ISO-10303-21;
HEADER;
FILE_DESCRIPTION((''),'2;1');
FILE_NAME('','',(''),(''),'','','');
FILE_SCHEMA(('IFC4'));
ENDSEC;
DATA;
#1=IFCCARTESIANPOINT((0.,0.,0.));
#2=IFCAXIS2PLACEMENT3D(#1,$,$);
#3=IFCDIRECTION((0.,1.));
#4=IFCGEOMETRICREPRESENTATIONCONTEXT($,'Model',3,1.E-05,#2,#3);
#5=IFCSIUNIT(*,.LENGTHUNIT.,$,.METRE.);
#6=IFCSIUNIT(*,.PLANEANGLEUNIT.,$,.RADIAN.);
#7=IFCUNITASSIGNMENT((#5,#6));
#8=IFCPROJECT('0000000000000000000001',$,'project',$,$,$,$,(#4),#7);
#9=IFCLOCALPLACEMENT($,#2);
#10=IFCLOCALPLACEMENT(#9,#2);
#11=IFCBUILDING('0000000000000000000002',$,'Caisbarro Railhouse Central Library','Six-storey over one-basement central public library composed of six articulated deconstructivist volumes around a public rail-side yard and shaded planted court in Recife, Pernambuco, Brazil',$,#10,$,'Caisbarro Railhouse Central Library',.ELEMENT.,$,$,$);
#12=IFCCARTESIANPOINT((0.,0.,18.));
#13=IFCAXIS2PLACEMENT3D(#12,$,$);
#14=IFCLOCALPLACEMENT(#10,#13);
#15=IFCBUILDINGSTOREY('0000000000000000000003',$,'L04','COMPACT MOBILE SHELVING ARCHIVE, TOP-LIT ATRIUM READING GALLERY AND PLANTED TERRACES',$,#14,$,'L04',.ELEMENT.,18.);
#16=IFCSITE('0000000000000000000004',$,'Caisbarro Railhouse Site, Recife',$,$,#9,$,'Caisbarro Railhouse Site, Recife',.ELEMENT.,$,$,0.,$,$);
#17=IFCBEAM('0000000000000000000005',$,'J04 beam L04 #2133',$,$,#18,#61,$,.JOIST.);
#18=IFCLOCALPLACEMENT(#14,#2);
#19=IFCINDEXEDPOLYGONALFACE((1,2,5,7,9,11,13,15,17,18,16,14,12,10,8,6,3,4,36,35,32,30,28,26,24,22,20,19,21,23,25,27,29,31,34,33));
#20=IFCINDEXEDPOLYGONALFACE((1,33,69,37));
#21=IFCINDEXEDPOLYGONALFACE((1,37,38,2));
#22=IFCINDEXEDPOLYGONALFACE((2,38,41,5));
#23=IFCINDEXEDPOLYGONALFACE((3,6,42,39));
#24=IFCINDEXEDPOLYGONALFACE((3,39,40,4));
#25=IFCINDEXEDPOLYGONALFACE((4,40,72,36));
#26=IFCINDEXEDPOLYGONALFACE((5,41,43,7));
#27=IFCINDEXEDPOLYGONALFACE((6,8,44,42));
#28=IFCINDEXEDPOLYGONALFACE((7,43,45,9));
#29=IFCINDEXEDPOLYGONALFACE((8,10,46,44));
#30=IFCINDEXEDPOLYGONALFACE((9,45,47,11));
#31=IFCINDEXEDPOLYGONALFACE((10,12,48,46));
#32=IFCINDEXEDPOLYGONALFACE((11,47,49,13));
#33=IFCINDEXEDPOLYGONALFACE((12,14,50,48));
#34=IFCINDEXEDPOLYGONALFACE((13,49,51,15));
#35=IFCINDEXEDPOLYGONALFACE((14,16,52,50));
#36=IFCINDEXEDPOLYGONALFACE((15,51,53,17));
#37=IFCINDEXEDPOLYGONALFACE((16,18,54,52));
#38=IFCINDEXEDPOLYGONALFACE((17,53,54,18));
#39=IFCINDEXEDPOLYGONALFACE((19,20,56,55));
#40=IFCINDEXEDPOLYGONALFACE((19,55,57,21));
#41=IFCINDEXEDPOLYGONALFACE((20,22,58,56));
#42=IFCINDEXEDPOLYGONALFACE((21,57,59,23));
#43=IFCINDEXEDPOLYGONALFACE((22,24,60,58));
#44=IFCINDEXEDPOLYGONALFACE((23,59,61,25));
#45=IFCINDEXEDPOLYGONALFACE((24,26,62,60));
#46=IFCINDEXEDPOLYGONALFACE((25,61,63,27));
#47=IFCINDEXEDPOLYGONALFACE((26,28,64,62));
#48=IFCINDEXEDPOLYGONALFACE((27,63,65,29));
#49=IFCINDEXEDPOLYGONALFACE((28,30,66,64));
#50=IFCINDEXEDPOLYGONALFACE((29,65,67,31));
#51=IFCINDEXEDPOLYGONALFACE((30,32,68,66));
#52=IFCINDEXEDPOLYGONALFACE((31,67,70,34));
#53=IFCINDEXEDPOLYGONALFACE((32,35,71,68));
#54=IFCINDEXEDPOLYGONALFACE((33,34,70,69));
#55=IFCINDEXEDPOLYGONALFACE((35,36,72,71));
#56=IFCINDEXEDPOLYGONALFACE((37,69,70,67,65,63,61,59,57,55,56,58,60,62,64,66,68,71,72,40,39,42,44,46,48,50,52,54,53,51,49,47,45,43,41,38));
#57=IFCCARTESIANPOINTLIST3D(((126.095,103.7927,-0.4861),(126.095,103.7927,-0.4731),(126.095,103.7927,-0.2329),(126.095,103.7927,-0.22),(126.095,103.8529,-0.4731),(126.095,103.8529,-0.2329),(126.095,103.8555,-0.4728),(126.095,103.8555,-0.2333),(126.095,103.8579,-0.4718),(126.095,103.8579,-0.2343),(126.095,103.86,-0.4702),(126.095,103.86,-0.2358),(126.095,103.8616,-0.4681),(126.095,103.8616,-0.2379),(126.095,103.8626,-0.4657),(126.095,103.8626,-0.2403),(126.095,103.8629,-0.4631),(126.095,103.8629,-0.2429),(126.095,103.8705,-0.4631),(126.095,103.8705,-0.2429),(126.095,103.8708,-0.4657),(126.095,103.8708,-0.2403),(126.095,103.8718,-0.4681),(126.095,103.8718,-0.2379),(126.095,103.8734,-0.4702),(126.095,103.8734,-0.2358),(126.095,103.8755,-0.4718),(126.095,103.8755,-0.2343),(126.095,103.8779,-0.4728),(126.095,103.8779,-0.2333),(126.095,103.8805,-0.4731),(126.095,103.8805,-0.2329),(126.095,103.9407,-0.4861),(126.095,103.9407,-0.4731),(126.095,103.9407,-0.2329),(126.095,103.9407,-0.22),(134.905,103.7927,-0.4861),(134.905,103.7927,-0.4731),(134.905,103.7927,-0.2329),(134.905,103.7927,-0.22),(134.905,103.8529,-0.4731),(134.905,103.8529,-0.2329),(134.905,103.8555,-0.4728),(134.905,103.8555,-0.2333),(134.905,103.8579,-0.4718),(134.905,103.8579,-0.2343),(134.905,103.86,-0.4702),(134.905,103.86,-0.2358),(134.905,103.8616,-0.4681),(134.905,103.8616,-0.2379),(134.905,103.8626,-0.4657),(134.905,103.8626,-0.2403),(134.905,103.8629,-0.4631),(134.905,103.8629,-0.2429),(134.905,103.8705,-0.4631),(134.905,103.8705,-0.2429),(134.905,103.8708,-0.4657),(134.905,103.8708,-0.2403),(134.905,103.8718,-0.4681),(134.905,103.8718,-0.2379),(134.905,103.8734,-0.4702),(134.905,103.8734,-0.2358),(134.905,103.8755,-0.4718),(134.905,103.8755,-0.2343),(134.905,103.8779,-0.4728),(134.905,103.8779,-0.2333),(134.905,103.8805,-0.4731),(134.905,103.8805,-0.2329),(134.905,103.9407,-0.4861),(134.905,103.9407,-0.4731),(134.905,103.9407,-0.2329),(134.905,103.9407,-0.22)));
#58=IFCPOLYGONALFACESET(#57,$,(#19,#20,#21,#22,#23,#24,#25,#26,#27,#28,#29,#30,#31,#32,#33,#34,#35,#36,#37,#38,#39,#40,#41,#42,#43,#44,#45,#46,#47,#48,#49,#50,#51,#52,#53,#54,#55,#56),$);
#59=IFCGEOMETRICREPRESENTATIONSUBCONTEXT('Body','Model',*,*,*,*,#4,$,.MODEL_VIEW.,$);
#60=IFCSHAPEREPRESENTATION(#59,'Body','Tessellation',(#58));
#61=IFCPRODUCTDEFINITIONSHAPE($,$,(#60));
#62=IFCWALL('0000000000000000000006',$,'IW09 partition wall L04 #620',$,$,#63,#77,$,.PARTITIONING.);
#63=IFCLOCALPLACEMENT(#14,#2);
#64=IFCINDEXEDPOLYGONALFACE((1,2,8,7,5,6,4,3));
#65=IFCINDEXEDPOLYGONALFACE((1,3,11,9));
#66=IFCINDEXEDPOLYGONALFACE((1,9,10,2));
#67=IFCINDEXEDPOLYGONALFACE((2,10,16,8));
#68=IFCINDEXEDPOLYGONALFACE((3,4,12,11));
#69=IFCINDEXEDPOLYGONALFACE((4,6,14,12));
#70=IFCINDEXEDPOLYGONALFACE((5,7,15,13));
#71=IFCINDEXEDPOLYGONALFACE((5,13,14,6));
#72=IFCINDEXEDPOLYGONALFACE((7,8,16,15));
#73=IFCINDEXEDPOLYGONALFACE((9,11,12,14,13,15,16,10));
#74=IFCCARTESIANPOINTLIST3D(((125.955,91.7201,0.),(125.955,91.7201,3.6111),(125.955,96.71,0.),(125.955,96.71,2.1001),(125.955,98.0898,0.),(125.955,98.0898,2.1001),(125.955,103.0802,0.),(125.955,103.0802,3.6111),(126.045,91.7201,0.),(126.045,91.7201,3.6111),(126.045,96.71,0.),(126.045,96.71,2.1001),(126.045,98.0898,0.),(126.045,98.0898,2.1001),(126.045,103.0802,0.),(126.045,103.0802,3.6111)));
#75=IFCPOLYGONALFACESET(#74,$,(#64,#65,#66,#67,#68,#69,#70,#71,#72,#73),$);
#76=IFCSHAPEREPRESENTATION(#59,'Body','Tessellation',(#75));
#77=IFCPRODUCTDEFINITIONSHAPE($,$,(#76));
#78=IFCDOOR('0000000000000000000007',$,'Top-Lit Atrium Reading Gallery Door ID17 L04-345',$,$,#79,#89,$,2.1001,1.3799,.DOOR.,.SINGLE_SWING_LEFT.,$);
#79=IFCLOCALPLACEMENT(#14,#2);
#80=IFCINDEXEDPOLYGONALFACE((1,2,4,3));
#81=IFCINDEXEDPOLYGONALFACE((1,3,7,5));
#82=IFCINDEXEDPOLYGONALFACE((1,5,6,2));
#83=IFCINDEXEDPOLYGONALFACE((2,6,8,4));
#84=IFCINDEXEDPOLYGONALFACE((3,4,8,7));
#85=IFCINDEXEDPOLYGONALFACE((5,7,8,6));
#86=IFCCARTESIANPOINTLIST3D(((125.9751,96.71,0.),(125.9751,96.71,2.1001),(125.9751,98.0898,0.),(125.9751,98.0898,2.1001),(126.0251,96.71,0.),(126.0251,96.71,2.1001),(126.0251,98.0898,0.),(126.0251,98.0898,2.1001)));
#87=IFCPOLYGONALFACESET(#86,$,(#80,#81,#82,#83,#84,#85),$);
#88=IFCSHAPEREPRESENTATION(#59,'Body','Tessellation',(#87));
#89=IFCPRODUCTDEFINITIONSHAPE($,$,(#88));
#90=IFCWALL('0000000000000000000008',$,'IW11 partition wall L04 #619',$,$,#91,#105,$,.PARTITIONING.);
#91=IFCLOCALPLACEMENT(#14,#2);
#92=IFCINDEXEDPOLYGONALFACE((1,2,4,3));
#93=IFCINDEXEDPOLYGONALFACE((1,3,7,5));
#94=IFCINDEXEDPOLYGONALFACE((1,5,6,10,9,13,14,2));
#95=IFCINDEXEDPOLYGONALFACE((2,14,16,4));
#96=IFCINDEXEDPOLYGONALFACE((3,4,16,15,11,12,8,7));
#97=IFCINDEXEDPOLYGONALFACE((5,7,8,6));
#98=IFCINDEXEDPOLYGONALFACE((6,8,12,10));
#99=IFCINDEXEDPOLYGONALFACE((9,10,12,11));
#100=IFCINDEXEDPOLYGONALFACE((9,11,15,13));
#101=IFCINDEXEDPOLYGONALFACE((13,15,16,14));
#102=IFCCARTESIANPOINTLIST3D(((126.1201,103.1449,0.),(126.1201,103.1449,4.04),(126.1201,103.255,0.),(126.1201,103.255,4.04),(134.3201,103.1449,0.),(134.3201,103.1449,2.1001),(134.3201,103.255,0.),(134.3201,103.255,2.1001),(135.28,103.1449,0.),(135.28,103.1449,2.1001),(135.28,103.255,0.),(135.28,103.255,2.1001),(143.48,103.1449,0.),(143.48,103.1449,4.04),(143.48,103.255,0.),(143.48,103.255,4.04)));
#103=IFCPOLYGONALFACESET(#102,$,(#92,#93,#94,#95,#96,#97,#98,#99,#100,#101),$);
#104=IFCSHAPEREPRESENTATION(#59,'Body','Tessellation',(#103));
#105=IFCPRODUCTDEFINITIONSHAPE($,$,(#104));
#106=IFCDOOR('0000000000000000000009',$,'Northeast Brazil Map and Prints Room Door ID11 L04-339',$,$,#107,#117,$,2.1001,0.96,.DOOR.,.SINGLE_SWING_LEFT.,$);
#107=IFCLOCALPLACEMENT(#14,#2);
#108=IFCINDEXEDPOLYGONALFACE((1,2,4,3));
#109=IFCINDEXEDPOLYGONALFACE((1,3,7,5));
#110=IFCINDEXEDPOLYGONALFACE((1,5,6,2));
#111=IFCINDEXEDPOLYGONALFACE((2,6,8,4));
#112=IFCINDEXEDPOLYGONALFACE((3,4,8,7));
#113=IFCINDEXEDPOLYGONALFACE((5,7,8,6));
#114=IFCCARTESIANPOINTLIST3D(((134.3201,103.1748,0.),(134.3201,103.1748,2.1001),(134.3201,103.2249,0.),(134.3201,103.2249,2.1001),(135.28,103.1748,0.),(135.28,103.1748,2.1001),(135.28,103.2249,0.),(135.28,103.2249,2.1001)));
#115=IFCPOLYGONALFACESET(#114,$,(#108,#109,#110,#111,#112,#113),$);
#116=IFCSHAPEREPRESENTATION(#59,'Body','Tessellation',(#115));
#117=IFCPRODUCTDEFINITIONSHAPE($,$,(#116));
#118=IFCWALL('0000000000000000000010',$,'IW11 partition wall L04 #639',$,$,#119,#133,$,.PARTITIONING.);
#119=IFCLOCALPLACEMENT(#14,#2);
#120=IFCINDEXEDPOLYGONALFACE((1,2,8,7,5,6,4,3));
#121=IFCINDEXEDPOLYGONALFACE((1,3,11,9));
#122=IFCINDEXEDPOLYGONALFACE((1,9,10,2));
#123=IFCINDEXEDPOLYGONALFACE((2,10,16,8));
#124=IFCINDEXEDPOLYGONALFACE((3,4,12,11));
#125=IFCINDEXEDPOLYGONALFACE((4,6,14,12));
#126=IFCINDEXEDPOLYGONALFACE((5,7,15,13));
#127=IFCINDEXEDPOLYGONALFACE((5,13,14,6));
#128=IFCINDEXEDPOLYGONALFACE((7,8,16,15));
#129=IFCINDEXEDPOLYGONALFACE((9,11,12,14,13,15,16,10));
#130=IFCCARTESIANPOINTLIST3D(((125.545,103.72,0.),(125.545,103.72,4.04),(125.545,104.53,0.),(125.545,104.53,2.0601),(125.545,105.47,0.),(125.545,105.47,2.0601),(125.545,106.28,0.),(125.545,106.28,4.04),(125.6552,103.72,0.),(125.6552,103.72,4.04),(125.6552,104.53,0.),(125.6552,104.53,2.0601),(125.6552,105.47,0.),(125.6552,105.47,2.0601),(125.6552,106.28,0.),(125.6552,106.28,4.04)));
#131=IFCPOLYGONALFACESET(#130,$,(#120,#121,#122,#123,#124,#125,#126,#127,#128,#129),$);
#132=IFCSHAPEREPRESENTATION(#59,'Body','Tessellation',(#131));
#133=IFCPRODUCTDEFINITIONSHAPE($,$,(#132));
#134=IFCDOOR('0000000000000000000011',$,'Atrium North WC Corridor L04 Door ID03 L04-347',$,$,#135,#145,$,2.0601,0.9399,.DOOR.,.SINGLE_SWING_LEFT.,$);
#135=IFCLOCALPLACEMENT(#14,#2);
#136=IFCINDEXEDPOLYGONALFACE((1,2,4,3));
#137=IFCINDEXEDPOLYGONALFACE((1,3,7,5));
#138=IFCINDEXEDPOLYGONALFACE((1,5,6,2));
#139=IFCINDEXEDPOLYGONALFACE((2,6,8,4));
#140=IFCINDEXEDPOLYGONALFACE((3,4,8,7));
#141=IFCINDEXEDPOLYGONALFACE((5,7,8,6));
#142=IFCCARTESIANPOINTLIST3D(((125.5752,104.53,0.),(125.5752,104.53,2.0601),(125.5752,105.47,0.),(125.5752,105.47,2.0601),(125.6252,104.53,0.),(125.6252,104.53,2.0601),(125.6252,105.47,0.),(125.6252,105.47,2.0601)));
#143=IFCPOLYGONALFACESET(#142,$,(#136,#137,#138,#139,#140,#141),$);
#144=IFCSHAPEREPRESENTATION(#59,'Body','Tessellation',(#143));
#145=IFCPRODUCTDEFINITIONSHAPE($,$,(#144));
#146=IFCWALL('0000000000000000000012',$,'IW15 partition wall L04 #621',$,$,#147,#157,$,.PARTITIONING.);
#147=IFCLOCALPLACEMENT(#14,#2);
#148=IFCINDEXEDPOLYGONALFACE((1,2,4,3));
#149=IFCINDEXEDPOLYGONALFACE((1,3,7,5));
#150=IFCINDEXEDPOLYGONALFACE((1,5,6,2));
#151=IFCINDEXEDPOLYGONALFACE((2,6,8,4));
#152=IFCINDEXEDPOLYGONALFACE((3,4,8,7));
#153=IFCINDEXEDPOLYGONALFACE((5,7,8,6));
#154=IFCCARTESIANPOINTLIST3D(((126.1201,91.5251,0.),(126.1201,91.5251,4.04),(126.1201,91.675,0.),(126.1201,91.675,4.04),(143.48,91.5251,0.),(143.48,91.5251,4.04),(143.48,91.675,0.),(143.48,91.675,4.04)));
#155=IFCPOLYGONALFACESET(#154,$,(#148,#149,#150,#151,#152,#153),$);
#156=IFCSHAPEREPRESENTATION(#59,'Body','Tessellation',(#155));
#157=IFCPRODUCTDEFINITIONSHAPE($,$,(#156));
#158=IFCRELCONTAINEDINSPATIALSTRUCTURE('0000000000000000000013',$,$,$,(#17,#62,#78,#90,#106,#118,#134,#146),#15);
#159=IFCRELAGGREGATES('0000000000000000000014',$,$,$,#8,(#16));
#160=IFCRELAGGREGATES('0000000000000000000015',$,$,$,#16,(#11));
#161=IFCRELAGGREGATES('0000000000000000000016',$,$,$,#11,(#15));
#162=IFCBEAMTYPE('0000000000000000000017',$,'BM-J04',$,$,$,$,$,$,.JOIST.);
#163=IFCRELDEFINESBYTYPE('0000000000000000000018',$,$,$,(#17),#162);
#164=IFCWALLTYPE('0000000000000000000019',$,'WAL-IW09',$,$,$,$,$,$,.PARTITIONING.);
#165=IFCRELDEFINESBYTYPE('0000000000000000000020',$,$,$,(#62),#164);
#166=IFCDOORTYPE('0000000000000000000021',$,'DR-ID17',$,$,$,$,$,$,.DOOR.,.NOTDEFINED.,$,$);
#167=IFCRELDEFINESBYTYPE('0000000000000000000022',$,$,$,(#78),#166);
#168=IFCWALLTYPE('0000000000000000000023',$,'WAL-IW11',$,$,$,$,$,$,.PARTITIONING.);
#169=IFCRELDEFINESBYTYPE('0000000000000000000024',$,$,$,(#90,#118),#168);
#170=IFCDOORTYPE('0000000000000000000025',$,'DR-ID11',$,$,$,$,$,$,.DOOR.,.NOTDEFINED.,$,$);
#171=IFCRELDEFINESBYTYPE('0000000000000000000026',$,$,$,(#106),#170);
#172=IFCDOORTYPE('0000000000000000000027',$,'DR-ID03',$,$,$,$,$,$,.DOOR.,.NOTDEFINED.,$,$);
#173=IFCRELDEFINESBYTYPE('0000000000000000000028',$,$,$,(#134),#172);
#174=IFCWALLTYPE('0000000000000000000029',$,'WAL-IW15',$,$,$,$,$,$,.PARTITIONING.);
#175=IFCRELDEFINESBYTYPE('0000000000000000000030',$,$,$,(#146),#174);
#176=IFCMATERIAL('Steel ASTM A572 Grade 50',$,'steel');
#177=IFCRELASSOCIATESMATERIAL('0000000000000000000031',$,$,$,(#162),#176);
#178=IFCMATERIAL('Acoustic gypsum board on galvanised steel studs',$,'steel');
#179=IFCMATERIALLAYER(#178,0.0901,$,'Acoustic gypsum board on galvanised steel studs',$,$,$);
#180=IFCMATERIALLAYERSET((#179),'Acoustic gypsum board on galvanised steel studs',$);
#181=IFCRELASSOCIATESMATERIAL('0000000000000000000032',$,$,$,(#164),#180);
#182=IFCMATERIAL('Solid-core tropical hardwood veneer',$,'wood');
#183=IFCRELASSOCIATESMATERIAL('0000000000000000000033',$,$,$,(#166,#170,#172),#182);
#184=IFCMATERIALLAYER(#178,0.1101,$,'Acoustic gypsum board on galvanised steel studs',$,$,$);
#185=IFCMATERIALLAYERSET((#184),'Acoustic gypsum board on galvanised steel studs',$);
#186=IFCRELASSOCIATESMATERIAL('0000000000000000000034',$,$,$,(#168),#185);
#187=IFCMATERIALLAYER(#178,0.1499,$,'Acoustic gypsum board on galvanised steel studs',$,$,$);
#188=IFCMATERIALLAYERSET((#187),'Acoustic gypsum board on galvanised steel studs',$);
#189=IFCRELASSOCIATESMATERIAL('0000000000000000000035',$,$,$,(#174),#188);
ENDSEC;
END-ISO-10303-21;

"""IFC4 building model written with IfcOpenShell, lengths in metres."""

from ifc_helpers import new_model, si_unit, direction, frame, frame_2d, origin, origin_2d, place, context, subcontext, project, spatial, rectangle, i_section, extrude, material, layer, layer_set, material_profile, profile_set, type_object, element, fill, save


model = new_model("IFC4")

# Units and contexts
model_context = context("Model", 3, precision=1e-05, world=origin(), true_north=direction((0.0, 1.0)))
body_context = subcontext(model_context, "Body", "Model", "MODEL_VIEW")
ifc_project = project(units=[si_unit("LENGTHUNIT", "METRE"), si_unit("PLANEANGLEUNIT", "RADIAN")], contexts=[model_context])

# Site, building, storey
site_placement = place(None, origin())
site = spatial("IfcSite", under=ifc_project, at=site_placement, Name="Caisbarro Railhouse Site, Recife", LongName="Caisbarro Railhouse Site, Recife", CompositionType="ELEMENT", RefElevation=0.0)
building_placement = place(site_placement, origin())
building = spatial("IfcBuilding", under=site, at=building_placement, Name="Caisbarro Railhouse Central Library", Description="Six-storey over one-basement central public library composed of six articulated deconstructivist volumes around a public rail-side yard and shaded planted court in Recife, Pernambuco, Brazil", LongName="Caisbarro Railhouse Central Library", CompositionType="ELEMENT")
storey_placement = place(building_placement, frame((0.0, 0.0, 18.0)))
storey = spatial("IfcBuildingStorey", under=building, at=storey_placement, Name="L04", Description="COMPACT MOBILE SHELVING ARCHIVE, TOP-LIT ATRIUM READING GALLERY AND PLANTED TERRACES", LongName="L04", CompositionType="ELEMENT", Elevation=18.0)

# Shared definitions
ifc_material_1 = material(Name="Steel ASTM A572 Grade 50", Category="steel")

# Beam
ifc_material_profile_1 = material_profile(ifc_material_1, i_section(OverallWidth=0.1479, OverallDepth=0.2661, WebThickness=0.0076, FlangeThickness=0.0129, FilletRadius=0.01, at=origin_2d()), Name="W250X44.8")
ifc_profile_set_1 = profile_set([ifc_material_profile_1], Name="Steel ASTM A572 Grade 50")
beam_type_1 = type_object("IfcBeamType", Name="BM-J04", PredefinedType="JOIST", material=ifc_profile_set_1)
for number, where, z_axis, x_axis, name in (
    (1, (126.095, 103.8667, -0.353), (1.0, 0.0, 0.0), (0.0, 1.0, 0.0), "J04 beam L04 #2133"),
):
    element("IfcBeam", number, at=place(storey_placement, frame(where, z_axis=z_axis, x_axis=x_axis)), inside=storey, type_object=beam_type_1, Name=name, PredefinedType="JOIST", context=body_context, shape_type="SweptSolid", body=[
        extrude(i_section(OverallWidth=0.1479, OverallDepth=0.2661, WebThickness=0.0076, FlangeThickness=0.0129, FilletRadius=0.01, at=origin_2d()), origin(), (0.0, 0.0, 1.0), 8.8101),
    ])

# Walls, openings, doors
ifc_material_2 = material(Name="Acoustic gypsum board on galvanised steel studs", Category="steel")
ifc_layer_1 = layer(ifc_material_2, 0.0901, Name="Acoustic gypsum board on galvanised steel studs")
ifc_layer_set_1 = layer_set([ifc_layer_1], Name="Acoustic gypsum board on galvanised steel studs")
wall_type_1 = type_object("IfcWallType", Name="WAL-IW09", PredefinedType="PARTITIONING", material=ifc_layer_set_1)
wall_1_placement = place(storey_placement, frame((126.0, 91.72, 0.0), z_axis=(0.0, 0.0, 1.0), x_axis=(0.0, 1.0, 0.0)))
wall_1 = element("IfcWall", 2, at=wall_1_placement, inside=storey, type_object=wall_type_1, Name="IW09 partition wall L04 #620", PredefinedType="PARTITIONING", context=body_context, shape_type="SweptSolid", body=[
    extrude(rectangle(XDim=11.3601, YDim=0.0901, at=frame_2d((5.6802, 0.0))), origin(), (0.0, 0.0, 1.0), 3.6111),
])
opening_1_placement = place(wall_1_placement, frame((4.99, 0.0, 0.0)))
opening_1 = element("IfcOpeningElement", 3, at=opening_1_placement, cuts=wall_1, PredefinedType="OPENING", context=body_context, shape_type="SweptSolid", body=[
    extrude(rectangle(XDim=1.3799, YDim=2.1001, at=frame_2d((0.6899, 1.05))), frame((0.0, 0.0552, 0.0), z_axis=(0.0, -1.0, 0.0), x_axis=(1.0, 0.0, 0.0)), (0.0, 0.0, 1.0), 0.1101),
])
ifc_material_3 = material(Name="Solid-core tropical hardwood veneer", Category="wood")
door_type_1 = type_object("IfcDoorType", Name="DR-ID17", OperationType="NOTDEFINED", PredefinedType="DOOR", material=ifc_material_3)
door_1_placement = place(opening_1_placement, origin())
door_1 = element("IfcDoor", 4, at=door_1_placement, inside=storey, type_object=door_type_1, Name="Top-Lit Atrium Reading Gallery Door ID17 L04-345", OperationType="SINGLE_SWING_LEFT", OverallHeight=2.1001, OverallWidth=1.3799, PredefinedType="DOOR", context=body_context, shape_type="SweptSolid", body=[
    extrude(rectangle(XDim=1.3799, YDim=2.1001, at=frame_2d((0.6899, 1.05))), frame((0.0, 0.0249, 0.0), z_axis=(0.0, -1.0, 0.0), x_axis=(1.0, 0.0, 0.0)), (0.0, 0.0, 1.0), 0.05),
])
fill(opening_1, door_1)
ifc_layer_2 = layer(ifc_material_2, 0.1101, Name="Acoustic gypsum board on galvanised steel studs")
ifc_layer_set_2 = layer_set([ifc_layer_2], Name="Acoustic gypsum board on galvanised steel studs")
wall_type_2 = type_object("IfcWallType", Name="WAL-IW11", PredefinedType="PARTITIONING", material=ifc_layer_set_2)
wall_2_placement = place(storey_placement, frame((126.1201, 103.2, 0.0), z_axis=(0.0, 0.0, 1.0), x_axis=(1.0, 0.0, 0.0)))
wall_2 = element("IfcWall", 5, at=wall_2_placement, inside=storey, type_object=wall_type_2, Name="IW11 partition wall L04 #619", PredefinedType="PARTITIONING", context=body_context, shape_type="SweptSolid", body=[
    extrude(rectangle(XDim=17.3599, YDim=0.1101, at=frame_2d((8.6799, 0.0))), origin(), (0.0, 0.0, 1.0), 4.04),
])
opening_2_placement = place(wall_2_placement, frame((8.2, 0.0, 0.0)))
opening_2 = element("IfcOpeningElement", 6, at=opening_2_placement, cuts=wall_2, PredefinedType="OPENING", context=body_context, shape_type="SweptSolid", body=[
    extrude(rectangle(XDim=0.96, YDim=2.1001, at=frame_2d((0.48, 1.05))), frame((0.0, 0.0649, 0.0), z_axis=(0.0, -1.0, 0.0), x_axis=(1.0, 0.0, 0.0)), (0.0, 0.0, 1.0), 0.1301),
])
door_type_2 = type_object("IfcDoorType", Name="DR-ID11", OperationType="NOTDEFINED", PredefinedType="DOOR", material=ifc_material_3)
door_2_placement = place(opening_2_placement, origin())
door_2 = element("IfcDoor", 7, at=door_2_placement, inside=storey, type_object=door_type_2, Name="Northeast Brazil Map and Prints Room Door ID11 L04-339", OperationType="SINGLE_SWING_LEFT", OverallHeight=2.1001, OverallWidth=0.96, PredefinedType="DOOR", context=body_context, shape_type="SweptSolid", body=[
    extrude(rectangle(XDim=0.96, YDim=2.1001, at=frame_2d((0.48, 1.05))), frame((0.0, 0.0249, 0.0), z_axis=(0.0, -1.0, 0.0), x_axis=(1.0, 0.0, 0.0)), (0.0, 0.0, 1.0), 0.05),
])
fill(opening_2, door_2)
wall_3_placement = place(storey_placement, frame((125.6001, 103.72, 0.0), z_axis=(0.0, 0.0, 1.0), x_axis=(0.0, 1.0, 0.0)))
wall_3 = element("IfcWall", 8, at=wall_3_placement, inside=storey, type_object=wall_type_2, Name="IW11 partition wall L04 #639", PredefinedType="PARTITIONING", context=body_context, shape_type="SweptSolid", body=[
    extrude(rectangle(XDim=2.5601, YDim=0.1101, at=frame_2d((1.28, 0.0))), origin(), (0.0, 0.0, 1.0), 4.04),
])
opening_3_placement = place(wall_3_placement, frame((0.8101, 0.0, 0.0)))
opening_3 = element("IfcOpeningElement", 9, at=opening_3_placement, cuts=wall_3, PredefinedType="OPENING", context=body_context, shape_type="SweptSolid", body=[
    extrude(rectangle(XDim=0.9399, YDim=2.0601, at=frame_2d((0.47, 1.03))), frame((0.0, 0.0649, 0.0), z_axis=(0.0, -1.0, 0.0), x_axis=(1.0, 0.0, 0.0)), (0.0, 0.0, 1.0), 0.1301),
])
door_type_3 = type_object("IfcDoorType", Name="DR-ID03", OperationType="NOTDEFINED", PredefinedType="DOOR", material=ifc_material_3)
door_3_placement = place(opening_3_placement, origin())
door_3 = element("IfcDoor", 10, at=door_3_placement, inside=storey, type_object=door_type_3, Name="Atrium North WC Corridor L04 Door ID03 L04-347", OperationType="SINGLE_SWING_LEFT", OverallHeight=2.0601, OverallWidth=0.9399, PredefinedType="DOOR", context=body_context, shape_type="SweptSolid", body=[
    extrude(rectangle(XDim=0.9399, YDim=2.0601, at=frame_2d((0.47, 1.03))), frame((0.0, 0.0249, 0.0), z_axis=(0.0, -1.0, 0.0), x_axis=(1.0, 0.0, 0.0)), (0.0, 0.0, 1.0), 0.05),
])
fill(opening_3, door_3)

# Wall
ifc_layer_3 = layer(ifc_material_2, 0.1499, Name="Acoustic gypsum board on galvanised steel studs")
ifc_layer_set_3 = layer_set([ifc_layer_3], Name="Acoustic gypsum board on galvanised steel studs")
wall_type_3 = type_object("IfcWallType", Name="WAL-IW15", PredefinedType="PARTITIONING", material=ifc_layer_set_3)
wall_4_placement = place(storey_placement, frame((126.1201, 91.6001, 0.0), z_axis=(0.0, 0.0, 1.0), x_axis=(1.0, 0.0, 0.0)))
element("IfcWall", 11, at=wall_4_placement, inside=storey, type_object=wall_type_3, Name="IW15 partition wall L04 #621", PredefinedType="PARTITIONING", context=body_context, shape_type="SweptSolid", body=[
    extrude(rectangle(XDim=17.3599, YDim=0.1499, at=frame_2d((8.6799, 0.0))), origin(), (0.0, 0.0, 1.0), 4.04),
])

save(model, "model.ifc")
